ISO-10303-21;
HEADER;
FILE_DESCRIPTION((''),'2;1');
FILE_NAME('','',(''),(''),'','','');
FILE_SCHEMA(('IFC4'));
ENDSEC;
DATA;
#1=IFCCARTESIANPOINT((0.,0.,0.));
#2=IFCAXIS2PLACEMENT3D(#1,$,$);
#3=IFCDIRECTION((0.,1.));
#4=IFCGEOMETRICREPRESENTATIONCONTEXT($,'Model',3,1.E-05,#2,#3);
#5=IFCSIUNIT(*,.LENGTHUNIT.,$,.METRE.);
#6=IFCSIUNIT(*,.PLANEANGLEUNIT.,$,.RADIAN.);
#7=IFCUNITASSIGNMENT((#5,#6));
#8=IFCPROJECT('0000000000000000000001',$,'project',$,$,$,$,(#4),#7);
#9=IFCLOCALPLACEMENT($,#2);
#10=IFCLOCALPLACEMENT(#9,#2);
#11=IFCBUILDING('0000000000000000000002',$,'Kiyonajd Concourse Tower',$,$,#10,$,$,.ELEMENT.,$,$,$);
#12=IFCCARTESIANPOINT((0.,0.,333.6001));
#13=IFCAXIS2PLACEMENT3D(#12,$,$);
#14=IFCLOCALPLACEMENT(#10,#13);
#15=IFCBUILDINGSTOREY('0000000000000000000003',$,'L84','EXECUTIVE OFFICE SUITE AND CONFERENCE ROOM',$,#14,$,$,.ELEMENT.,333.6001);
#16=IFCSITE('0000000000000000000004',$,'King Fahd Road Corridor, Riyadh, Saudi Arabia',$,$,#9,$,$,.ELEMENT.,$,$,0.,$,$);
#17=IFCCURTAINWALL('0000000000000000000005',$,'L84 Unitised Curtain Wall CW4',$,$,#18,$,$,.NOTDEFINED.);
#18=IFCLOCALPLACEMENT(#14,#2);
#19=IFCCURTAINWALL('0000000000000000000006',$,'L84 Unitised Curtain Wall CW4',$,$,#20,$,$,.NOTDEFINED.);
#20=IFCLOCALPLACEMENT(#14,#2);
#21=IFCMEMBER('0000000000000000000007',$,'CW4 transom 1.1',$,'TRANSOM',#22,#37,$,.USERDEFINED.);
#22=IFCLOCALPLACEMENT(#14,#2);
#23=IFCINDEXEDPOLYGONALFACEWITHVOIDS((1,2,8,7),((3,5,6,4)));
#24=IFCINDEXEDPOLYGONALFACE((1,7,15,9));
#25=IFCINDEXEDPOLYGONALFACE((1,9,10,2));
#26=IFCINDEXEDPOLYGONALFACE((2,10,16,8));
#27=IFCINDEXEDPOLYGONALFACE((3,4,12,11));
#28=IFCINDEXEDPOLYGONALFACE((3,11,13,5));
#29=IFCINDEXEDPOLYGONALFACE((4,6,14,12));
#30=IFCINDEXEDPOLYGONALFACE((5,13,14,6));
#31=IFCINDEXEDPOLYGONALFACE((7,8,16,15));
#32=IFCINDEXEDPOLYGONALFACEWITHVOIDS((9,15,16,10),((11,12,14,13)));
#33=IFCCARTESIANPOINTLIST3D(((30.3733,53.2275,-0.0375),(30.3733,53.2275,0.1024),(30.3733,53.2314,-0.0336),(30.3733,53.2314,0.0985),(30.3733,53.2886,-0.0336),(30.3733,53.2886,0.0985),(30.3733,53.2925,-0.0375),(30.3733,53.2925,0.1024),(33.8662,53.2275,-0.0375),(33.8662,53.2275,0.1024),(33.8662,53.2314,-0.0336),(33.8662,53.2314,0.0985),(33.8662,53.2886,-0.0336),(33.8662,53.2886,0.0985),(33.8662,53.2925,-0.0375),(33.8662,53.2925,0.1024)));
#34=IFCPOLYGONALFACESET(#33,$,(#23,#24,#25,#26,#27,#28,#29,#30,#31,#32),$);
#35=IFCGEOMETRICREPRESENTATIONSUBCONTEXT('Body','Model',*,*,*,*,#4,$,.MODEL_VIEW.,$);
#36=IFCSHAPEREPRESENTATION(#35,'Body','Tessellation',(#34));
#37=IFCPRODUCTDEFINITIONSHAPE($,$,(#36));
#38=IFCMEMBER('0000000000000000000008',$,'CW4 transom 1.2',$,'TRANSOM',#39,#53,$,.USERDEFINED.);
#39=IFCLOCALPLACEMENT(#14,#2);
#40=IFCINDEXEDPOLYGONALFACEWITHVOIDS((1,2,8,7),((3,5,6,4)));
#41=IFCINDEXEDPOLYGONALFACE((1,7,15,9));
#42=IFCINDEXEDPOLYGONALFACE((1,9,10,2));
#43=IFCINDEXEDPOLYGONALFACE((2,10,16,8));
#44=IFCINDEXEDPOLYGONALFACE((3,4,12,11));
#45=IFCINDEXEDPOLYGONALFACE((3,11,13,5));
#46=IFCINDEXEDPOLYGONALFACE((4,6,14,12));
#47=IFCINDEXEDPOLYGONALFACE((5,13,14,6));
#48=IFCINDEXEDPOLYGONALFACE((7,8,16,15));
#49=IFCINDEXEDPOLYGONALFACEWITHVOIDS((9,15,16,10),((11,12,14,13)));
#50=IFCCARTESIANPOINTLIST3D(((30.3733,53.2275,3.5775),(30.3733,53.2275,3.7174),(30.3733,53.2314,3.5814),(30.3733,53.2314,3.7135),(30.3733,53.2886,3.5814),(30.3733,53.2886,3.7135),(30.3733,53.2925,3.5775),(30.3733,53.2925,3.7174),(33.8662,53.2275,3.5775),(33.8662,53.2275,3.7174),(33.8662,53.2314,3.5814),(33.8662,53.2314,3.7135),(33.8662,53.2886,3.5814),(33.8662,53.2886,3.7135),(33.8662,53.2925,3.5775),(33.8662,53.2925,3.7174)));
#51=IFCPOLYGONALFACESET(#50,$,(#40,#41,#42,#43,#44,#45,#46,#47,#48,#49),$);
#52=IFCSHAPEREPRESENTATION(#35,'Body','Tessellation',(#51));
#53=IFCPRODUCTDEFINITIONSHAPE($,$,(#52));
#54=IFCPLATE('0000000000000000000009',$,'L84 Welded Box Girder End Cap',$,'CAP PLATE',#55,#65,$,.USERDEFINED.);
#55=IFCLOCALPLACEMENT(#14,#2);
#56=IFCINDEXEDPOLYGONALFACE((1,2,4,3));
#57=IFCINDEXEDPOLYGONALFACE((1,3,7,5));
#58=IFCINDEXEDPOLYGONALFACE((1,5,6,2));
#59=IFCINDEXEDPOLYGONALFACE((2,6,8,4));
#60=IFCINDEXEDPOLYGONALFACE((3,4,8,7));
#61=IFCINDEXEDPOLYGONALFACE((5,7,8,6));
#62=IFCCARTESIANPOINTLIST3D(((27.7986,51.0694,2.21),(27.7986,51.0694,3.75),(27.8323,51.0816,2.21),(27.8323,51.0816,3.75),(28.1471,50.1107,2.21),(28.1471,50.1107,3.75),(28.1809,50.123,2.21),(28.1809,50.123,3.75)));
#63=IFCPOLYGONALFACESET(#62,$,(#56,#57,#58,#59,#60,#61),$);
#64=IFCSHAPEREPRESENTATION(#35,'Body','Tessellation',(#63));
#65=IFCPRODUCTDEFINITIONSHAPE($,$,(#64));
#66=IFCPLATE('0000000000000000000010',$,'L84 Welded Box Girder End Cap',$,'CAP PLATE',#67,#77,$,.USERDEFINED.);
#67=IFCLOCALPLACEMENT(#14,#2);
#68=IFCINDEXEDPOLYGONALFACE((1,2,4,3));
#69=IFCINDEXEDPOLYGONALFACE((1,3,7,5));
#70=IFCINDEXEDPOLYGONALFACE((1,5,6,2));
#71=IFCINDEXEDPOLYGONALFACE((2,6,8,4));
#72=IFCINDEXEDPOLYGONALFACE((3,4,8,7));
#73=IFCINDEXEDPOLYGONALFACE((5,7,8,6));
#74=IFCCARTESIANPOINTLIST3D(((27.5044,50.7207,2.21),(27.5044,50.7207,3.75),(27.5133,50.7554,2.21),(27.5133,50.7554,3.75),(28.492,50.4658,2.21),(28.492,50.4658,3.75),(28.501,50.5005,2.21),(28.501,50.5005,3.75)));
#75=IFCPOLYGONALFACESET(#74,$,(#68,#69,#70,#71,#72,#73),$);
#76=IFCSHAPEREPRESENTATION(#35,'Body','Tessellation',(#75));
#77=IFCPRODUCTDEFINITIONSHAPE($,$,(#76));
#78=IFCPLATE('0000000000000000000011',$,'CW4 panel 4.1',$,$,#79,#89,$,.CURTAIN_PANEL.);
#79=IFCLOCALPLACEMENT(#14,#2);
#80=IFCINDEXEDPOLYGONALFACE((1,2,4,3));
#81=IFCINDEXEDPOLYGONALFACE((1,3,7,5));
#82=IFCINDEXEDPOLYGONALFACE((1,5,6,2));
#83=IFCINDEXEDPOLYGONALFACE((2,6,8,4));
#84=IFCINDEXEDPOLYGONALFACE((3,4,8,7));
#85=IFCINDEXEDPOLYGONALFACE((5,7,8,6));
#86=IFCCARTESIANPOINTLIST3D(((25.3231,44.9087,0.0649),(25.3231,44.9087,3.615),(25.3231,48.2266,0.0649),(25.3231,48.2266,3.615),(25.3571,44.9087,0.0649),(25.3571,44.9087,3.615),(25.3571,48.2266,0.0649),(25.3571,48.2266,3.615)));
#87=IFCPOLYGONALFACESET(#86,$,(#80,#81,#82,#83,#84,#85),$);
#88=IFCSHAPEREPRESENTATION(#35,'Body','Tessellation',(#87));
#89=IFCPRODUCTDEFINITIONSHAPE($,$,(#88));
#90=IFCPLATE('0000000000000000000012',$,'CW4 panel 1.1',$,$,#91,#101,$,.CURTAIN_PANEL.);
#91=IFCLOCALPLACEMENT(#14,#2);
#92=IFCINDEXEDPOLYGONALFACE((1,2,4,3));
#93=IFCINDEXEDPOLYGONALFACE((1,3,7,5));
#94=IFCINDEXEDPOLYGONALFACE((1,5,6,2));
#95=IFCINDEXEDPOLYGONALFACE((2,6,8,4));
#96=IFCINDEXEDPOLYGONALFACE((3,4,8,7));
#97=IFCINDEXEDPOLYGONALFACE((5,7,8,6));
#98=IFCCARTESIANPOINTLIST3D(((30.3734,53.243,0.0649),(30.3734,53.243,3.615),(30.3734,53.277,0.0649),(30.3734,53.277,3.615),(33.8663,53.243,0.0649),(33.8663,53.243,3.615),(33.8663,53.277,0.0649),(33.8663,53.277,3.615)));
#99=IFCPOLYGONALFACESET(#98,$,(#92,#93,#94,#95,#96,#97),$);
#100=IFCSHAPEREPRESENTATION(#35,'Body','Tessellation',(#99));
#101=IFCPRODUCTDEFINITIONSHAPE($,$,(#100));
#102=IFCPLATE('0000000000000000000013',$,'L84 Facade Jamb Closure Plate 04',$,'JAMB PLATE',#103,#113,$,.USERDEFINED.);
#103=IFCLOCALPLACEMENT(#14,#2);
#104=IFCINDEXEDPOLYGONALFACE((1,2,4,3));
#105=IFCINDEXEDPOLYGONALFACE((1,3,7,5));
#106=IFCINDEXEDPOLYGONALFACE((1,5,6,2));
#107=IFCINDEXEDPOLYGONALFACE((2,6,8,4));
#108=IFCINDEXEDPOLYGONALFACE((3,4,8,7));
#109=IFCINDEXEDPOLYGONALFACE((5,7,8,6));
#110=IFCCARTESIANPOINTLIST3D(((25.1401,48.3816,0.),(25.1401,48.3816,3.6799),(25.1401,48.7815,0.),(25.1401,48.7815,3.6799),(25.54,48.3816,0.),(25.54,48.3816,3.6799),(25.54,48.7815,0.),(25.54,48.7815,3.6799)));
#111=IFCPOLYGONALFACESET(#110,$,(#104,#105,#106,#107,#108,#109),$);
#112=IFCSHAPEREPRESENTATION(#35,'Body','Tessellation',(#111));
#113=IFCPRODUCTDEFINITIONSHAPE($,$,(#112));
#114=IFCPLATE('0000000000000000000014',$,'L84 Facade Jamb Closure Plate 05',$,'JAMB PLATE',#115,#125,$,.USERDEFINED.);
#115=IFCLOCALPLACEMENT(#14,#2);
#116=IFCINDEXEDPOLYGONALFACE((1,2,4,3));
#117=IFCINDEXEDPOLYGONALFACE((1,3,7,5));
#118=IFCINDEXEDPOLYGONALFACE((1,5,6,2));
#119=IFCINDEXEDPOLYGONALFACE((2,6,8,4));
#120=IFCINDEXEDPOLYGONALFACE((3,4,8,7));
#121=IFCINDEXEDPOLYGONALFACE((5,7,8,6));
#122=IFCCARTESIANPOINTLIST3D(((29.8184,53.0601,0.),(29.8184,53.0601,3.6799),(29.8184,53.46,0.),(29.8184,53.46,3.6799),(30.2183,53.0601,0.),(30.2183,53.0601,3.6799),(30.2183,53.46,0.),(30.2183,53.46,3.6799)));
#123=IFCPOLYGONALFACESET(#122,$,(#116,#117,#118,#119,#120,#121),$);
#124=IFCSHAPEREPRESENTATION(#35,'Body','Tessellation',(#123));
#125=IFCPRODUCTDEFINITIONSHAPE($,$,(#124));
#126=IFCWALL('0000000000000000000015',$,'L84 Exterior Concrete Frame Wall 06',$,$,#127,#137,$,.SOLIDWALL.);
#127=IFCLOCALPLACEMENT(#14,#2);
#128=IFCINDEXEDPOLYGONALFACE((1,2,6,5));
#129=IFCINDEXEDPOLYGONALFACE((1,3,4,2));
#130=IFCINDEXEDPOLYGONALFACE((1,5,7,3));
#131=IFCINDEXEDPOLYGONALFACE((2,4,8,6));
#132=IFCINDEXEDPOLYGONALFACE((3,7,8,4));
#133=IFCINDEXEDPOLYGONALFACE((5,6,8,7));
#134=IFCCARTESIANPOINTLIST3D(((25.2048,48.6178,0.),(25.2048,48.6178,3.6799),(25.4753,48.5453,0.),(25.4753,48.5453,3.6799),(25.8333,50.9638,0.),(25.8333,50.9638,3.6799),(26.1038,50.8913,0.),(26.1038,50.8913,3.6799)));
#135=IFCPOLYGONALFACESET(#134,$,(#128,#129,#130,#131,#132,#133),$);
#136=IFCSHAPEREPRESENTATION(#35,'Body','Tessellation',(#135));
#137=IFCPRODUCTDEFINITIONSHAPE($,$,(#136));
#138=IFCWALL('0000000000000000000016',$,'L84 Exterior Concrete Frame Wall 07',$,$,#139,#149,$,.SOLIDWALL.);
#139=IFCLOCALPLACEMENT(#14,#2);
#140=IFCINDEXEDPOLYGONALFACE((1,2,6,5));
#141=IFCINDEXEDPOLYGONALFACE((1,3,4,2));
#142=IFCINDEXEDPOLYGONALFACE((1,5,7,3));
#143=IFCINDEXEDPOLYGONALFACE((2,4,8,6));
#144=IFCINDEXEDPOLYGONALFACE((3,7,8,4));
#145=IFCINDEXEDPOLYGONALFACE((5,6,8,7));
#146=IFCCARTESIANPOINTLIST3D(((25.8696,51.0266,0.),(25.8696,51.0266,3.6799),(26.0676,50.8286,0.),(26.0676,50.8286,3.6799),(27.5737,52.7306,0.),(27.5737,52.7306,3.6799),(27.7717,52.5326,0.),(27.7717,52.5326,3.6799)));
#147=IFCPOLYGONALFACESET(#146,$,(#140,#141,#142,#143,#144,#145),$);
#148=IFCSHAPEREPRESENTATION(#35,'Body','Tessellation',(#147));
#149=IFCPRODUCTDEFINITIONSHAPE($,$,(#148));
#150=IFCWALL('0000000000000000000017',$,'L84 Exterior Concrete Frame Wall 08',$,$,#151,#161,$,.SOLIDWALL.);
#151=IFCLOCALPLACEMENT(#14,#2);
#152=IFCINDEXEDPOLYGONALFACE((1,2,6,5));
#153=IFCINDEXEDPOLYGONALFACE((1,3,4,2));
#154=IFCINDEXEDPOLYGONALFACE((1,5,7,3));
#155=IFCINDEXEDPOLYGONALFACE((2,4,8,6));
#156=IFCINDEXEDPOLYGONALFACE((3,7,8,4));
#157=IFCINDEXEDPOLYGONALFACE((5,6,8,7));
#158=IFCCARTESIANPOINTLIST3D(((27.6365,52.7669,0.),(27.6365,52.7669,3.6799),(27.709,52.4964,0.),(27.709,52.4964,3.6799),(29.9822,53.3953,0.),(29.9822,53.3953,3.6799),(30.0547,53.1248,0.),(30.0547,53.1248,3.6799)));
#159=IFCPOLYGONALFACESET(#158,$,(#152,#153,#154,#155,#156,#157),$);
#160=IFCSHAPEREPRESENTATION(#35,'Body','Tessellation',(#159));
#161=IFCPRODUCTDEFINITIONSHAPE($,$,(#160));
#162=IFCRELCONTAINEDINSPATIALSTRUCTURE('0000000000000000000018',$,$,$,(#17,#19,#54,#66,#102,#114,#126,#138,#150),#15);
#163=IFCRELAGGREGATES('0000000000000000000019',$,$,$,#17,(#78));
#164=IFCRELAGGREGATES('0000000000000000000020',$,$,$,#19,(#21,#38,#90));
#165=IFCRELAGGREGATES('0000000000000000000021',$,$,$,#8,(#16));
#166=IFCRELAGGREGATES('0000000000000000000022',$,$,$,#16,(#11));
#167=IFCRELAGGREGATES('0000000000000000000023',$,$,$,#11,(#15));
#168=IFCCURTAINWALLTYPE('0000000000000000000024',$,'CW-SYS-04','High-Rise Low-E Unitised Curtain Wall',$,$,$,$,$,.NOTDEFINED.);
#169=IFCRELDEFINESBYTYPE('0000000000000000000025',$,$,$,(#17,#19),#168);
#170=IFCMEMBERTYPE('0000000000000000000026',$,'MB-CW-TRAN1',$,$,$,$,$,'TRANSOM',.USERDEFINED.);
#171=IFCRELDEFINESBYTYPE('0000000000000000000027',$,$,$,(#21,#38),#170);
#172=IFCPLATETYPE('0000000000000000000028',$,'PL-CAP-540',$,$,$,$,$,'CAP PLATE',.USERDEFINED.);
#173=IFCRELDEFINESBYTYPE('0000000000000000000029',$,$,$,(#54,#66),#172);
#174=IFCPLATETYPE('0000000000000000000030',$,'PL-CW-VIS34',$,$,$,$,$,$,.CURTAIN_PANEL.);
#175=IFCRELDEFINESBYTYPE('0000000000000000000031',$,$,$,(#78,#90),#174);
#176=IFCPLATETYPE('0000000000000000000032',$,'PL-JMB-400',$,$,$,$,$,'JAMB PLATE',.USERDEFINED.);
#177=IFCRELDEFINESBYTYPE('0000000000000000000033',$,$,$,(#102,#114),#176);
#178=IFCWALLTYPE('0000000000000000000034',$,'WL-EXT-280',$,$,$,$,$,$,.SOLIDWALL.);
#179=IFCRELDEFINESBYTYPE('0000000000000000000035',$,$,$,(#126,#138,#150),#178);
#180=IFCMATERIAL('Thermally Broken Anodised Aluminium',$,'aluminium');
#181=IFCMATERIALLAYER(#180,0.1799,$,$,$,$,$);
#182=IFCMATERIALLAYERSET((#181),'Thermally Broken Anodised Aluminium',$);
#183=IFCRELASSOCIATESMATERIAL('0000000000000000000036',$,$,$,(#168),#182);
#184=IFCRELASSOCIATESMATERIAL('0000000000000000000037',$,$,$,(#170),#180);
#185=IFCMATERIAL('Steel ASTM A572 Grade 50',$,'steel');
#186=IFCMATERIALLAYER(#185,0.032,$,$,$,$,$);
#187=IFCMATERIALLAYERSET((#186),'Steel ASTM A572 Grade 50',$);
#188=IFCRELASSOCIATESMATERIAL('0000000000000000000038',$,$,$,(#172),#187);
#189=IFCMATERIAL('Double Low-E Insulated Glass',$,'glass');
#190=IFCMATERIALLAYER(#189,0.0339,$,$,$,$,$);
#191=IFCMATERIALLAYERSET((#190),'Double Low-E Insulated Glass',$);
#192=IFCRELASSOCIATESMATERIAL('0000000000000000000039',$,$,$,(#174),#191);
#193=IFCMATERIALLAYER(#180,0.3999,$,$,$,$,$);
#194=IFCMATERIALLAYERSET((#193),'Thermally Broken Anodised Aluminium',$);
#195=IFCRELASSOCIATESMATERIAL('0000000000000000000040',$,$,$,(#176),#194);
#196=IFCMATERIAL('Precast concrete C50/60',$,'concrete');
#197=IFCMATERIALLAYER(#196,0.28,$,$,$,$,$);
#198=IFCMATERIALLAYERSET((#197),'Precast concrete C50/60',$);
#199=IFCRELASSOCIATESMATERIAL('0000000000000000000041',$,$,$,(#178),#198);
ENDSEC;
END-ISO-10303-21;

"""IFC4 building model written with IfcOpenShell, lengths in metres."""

from ifc_helpers import new_model, si_unit, direction, frame, frame_2d, origin, origin_2d, place, context, subcontext, project, spatial, rectangle, hollow_rectangle, extrude, material, layer, layer_set, material_profile, profile_set, type_object, element, aggregate, save


model = new_model("IFC4")

# Units and contexts
model_context = context("Model", 3, precision=1e-05, world=origin(), true_north=direction((0.0, 1.0)))
body_context = subcontext(model_context, "Body", "Model", "MODEL_VIEW")
ifc_project = project(units=[si_unit("LENGTHUNIT", "METRE"), si_unit("PLANEANGLEUNIT", "RADIAN")], contexts=[model_context])

# Site, building, storey
site_placement = place(None, origin())
site = spatial("IfcSite", under=ifc_project, at=site_placement, Name="King Fahd Road Corridor, Riyadh, Saudi Arabia", CompositionType="ELEMENT", RefElevation=0.0)
building_placement = place(site_placement, origin())
building = spatial("IfcBuilding", under=site, at=building_placement, Name="Kiyonajd Concourse Tower", CompositionType="ELEMENT")
storey_placement = place(building_placement, frame((0.0, 0.0, 333.6001)))
storey = spatial("IfcBuildingStorey", under=building, at=storey_placement, Name="L84", Description="EXECUTIVE OFFICE SUITE AND CONFERENCE ROOM", CompositionType="ELEMENT", Elevation=333.6001)

# Shared definitions
ifc_material_1 = material(Name="Steel ASTM A572 Grade 50", Category="steel")

# Curtain wall
ifc_material_2 = material(Name="Thermally Broken Anodised Aluminium", Category="aluminium")
ifc_layer_1 = layer(ifc_material_2, 0.1799)
ifc_layer_set_1 = layer_set([ifc_layer_1], Name="Thermally Broken Anodised Aluminium")
curtain_wall_type = type_object("IfcCurtainWallType", Name="CW-SYS-04", Description="High-Rise Low-E Unitised Curtain Wall", PredefinedType="NOTDEFINED", material=ifc_layer_set_1)
curtain_wall_1_placement = place(storey_placement, origin())
curtain_wall_1 = element("IfcCurtainWall", 1, at=curtain_wall_1_placement, inside=storey, type_object=curtain_wall_type, Name="L84 Unitised Curtain Wall CW4", PredefinedType="NOTDEFINED")

# Curtain wall
curtain_wall_2_placement = place(storey_placement, origin())
curtain_wall_2 = element("IfcCurtainWall", 2, at=curtain_wall_2_placement, inside=storey, type_object=curtain_wall_type, Name="L84 Unitised Curtain Wall CW4", PredefinedType="NOTDEFINED")

# Members
ifc_material_profile_1 = material_profile(ifc_material_2, hollow_rectangle(XDim=0.0649, YDim=0.1399, WallThickness=0.0039, at=origin_2d()), Name="TRAN-65x140")
ifc_profile_set_1 = profile_set([ifc_material_profile_1], Name="Thermally Broken Anodised Aluminium")
member_type_1 = type_object("IfcMemberType", Name="MB-CW-TRAN1", ElementType="TRANSOM", PredefinedType="USERDEFINED", material=ifc_profile_set_1)
member_1_placement = place(storey_placement, frame((30.3733, 53.26, 0.0325), z_axis=(1.0, 0.0, 0.0), x_axis=(0.0, 1.0, 0.0)))
member_1 = element("IfcMember", 3, at=member_1_placement, type_object=member_type_1, Name="CW4 transom 1.1", ObjectType="TRANSOM", PredefinedType="USERDEFINED", context=body_context, shape_type="SweptSolid", body=[
    extrude(hollow_rectangle(XDim=0.0649, YDim=0.1399, WallThickness=0.0039, at=origin_2d()), origin(), (0.0, 0.0, 1.0), 3.4929),
])
member_2_placement = place(storey_placement, frame((30.3733, 53.26, 3.6475), z_axis=(1.0, 0.0, 0.0), x_axis=(0.0, 1.0, 0.0)))
member_2 = element("IfcMember", 4, at=member_2_placement, type_object=member_type_1, Name="CW4 transom 1.2", ObjectType="TRANSOM", PredefinedType="USERDEFINED", context=body_context, shape_type="SweptSolid", body=[
    extrude(hollow_rectangle(XDim=0.0649, YDim=0.1399, WallThickness=0.0039, at=origin_2d()), origin(), (0.0, 0.0, 1.0), 3.4929),
])

# Plates
ifc_layer_2 = layer(ifc_material_1, 0.032)
ifc_layer_set_2 = layer_set([ifc_layer_2], Name="Steel ASTM A572 Grade 50")
plate_type_1 = type_object("IfcPlateType", Name="PL-CAP-540", ElementType="CAP PLATE", PredefinedType="USERDEFINED", material=ifc_layer_set_2)
for number, where, z_axis, x_axis, name in (
    (5, (27.9897, 50.5962, 2.21), (0.0, 0.0, 1.0), (-0.939812, -0.341692, 0.0), "L84 Welded Box Girder End Cap"),
    (6, (28.0027, 50.6106, 2.21), (0.0, 0.0, 1.0), (0.249873, 0.968279, 0.0), "L84 Welded Box Girder End Cap"),
):
    element("IfcPlate", number, at=place(storey_placement, frame(where, z_axis=z_axis, x_axis=x_axis)), inside=storey, type_object=plate_type_1, Name=name, ObjectType="CAP PLATE", PredefinedType="USERDEFINED", context=body_context, shape_type="SweptSolid", body=[
        extrude(rectangle(XDim=0.0359, YDim=1.02, at=origin_2d()), origin(), (0.0, 0.0, 1.0), 1.54),
    ])

# Plates
ifc_material_3 = material(Name="Double Low-E Insulated Glass", Category="glass")
ifc_layer_3 = layer(ifc_material_3, 0.0339)
ifc_layer_set_3 = layer_set([ifc_layer_3], Name="Double Low-E Insulated Glass")
plate_type_2 = type_object("IfcPlateType", Name="PL-CW-VIS34", PredefinedType="CURTAIN_PANEL", material=ifc_layer_set_3)
plate_1_placement = place(storey_placement, frame((25.3401, 46.5676, 0.0649), z_axis=(0.0, 0.0, 1.0), x_axis=(0.0, 1.0, 0.0)))
plate_1 = element("IfcPlate", 7, at=plate_1_placement, type_object=plate_type_2, Name="CW4 panel 4.1", PredefinedType="CURTAIN_PANEL", context=body_context, shape_type="SweptSolid", body=[
    extrude(rectangle(XDim=3.3179, YDim=0.0339, at=origin_2d()), origin(), (0.0, 0.0, 1.0), 3.55),
])
aggregate(curtain_wall_1, [plate_1])
plate_2_placement = place(storey_placement, frame((32.1199, 53.26, 0.0649), z_axis=(0.0, 0.0, 1.0), x_axis=(1.0, 0.0, 0.0)))
plate_2 = element("IfcPlate", 8, at=plate_2_placement, type_object=plate_type_2, Name="CW4 panel 1.1", PredefinedType="CURTAIN_PANEL", context=body_context, shape_type="SweptSolid", body=[
    extrude(rectangle(XDim=3.4929, YDim=0.0339, at=origin_2d()), origin(), (0.0, 0.0, 1.0), 3.55),
])
aggregate(curtain_wall_2, [member_1, member_2, plate_2])

# Plates
ifc_layer_4 = layer(ifc_material_2, 0.3999)
ifc_layer_set_4 = layer_set([ifc_layer_4], Name="Thermally Broken Anodised Aluminium")
plate_type_3 = type_object("IfcPlateType", Name="PL-JMB-400", ElementType="JAMB PLATE", PredefinedType="USERDEFINED", material=ifc_layer_set_4)
for number, where, z_axis, x_axis, name in (
    (9, (25.3401, 48.5815, 0.0), (0.0, 0.0, 1.0), (1.0, 0.0, 0.0), "L84 Facade Jamb Closure Plate 04"),
    (10, (30.0183, 53.26, 0.0), (0.0, 0.0, 1.0), (1.0, 0.0, 0.0), "L84 Facade Jamb Closure Plate 05"),
):
    element("IfcPlate", number, at=place(storey_placement, frame(where, z_axis=z_axis, x_axis=x_axis)), inside=storey, type_object=plate_type_3, Name=name, ObjectType="JAMB PLATE", PredefinedType="USERDEFINED", context=body_context, shape_type="SweptSolid", body=[
        extrude(rectangle(XDim=0.3999, YDim=0.3999, at=origin_2d()), origin(), (0.0, 0.0, 1.0), 3.6799),
    ])

# Walls
ifc_material_4 = material(Name="Precast concrete C50/60", Category="concrete")
ifc_layer_5 = layer(ifc_material_4, 0.28)
ifc_layer_set_5 = layer_set([ifc_layer_5], Name="Precast concrete C50/60")
wall_type_1 = type_object("IfcWallType", Name="WL-EXT-280", PredefinedType="SOLIDWALL", material=ifc_layer_set_5)
wall_1_placement = place(storey_placement, frame((25.3401, 48.5815, 0.0), z_axis=(0.0, 0.0, 1.0), x_axis=(0.258751, 0.965944, 0.0)))
element("IfcWall", 11, at=wall_1_placement, inside=storey, type_object=wall_type_1, Name="L84 Exterior Concrete Frame Wall 06", PredefinedType="SOLIDWALL", context=body_context, shape_type="SweptSolid", body=[
    extrude(rectangle(XDim=2.4287, YDim=0.28, at=frame_2d((1.2144, 0.0))), origin(), (0.0, 0.0, 1.0), 3.6799),
])
wall_2_placement = place(storey_placement, frame((25.9685, 50.9275, 0.0), z_axis=(0.0, 0.0, 1.0), x_axis=(0.707107, 0.707107, 0.0)))
element("IfcWall", 12, at=wall_2_placement, inside=storey, type_object=wall_type_1, Name="L84 Exterior Concrete Frame Wall 07", PredefinedType="SOLIDWALL", context=body_context, shape_type="SweptSolid", body=[
    extrude(rectangle(XDim=2.4099, YDim=0.28, at=frame_2d((1.2051, 0.0))), origin(), (0.0, 0.0, 1.0), 3.6799),
])
wall_3_placement = place(storey_placement, frame((27.6726, 52.6316, 0.0), z_axis=(0.0, 0.0, 1.0), x_axis=(0.965937, 0.258776, 0.0)))
element("IfcWall", 13, at=wall_3_placement, inside=storey, type_object=wall_type_1, Name="L84 Exterior Concrete Frame Wall 08", PredefinedType="SOLIDWALL", context=body_context, shape_type="SweptSolid", body=[
    extrude(rectangle(XDim=2.4285, YDim=0.28, at=frame_2d((1.2144, 0.0))), origin(), (0.0, 0.0, 1.0), 3.6799),
])

save(model, "model.ifc")
